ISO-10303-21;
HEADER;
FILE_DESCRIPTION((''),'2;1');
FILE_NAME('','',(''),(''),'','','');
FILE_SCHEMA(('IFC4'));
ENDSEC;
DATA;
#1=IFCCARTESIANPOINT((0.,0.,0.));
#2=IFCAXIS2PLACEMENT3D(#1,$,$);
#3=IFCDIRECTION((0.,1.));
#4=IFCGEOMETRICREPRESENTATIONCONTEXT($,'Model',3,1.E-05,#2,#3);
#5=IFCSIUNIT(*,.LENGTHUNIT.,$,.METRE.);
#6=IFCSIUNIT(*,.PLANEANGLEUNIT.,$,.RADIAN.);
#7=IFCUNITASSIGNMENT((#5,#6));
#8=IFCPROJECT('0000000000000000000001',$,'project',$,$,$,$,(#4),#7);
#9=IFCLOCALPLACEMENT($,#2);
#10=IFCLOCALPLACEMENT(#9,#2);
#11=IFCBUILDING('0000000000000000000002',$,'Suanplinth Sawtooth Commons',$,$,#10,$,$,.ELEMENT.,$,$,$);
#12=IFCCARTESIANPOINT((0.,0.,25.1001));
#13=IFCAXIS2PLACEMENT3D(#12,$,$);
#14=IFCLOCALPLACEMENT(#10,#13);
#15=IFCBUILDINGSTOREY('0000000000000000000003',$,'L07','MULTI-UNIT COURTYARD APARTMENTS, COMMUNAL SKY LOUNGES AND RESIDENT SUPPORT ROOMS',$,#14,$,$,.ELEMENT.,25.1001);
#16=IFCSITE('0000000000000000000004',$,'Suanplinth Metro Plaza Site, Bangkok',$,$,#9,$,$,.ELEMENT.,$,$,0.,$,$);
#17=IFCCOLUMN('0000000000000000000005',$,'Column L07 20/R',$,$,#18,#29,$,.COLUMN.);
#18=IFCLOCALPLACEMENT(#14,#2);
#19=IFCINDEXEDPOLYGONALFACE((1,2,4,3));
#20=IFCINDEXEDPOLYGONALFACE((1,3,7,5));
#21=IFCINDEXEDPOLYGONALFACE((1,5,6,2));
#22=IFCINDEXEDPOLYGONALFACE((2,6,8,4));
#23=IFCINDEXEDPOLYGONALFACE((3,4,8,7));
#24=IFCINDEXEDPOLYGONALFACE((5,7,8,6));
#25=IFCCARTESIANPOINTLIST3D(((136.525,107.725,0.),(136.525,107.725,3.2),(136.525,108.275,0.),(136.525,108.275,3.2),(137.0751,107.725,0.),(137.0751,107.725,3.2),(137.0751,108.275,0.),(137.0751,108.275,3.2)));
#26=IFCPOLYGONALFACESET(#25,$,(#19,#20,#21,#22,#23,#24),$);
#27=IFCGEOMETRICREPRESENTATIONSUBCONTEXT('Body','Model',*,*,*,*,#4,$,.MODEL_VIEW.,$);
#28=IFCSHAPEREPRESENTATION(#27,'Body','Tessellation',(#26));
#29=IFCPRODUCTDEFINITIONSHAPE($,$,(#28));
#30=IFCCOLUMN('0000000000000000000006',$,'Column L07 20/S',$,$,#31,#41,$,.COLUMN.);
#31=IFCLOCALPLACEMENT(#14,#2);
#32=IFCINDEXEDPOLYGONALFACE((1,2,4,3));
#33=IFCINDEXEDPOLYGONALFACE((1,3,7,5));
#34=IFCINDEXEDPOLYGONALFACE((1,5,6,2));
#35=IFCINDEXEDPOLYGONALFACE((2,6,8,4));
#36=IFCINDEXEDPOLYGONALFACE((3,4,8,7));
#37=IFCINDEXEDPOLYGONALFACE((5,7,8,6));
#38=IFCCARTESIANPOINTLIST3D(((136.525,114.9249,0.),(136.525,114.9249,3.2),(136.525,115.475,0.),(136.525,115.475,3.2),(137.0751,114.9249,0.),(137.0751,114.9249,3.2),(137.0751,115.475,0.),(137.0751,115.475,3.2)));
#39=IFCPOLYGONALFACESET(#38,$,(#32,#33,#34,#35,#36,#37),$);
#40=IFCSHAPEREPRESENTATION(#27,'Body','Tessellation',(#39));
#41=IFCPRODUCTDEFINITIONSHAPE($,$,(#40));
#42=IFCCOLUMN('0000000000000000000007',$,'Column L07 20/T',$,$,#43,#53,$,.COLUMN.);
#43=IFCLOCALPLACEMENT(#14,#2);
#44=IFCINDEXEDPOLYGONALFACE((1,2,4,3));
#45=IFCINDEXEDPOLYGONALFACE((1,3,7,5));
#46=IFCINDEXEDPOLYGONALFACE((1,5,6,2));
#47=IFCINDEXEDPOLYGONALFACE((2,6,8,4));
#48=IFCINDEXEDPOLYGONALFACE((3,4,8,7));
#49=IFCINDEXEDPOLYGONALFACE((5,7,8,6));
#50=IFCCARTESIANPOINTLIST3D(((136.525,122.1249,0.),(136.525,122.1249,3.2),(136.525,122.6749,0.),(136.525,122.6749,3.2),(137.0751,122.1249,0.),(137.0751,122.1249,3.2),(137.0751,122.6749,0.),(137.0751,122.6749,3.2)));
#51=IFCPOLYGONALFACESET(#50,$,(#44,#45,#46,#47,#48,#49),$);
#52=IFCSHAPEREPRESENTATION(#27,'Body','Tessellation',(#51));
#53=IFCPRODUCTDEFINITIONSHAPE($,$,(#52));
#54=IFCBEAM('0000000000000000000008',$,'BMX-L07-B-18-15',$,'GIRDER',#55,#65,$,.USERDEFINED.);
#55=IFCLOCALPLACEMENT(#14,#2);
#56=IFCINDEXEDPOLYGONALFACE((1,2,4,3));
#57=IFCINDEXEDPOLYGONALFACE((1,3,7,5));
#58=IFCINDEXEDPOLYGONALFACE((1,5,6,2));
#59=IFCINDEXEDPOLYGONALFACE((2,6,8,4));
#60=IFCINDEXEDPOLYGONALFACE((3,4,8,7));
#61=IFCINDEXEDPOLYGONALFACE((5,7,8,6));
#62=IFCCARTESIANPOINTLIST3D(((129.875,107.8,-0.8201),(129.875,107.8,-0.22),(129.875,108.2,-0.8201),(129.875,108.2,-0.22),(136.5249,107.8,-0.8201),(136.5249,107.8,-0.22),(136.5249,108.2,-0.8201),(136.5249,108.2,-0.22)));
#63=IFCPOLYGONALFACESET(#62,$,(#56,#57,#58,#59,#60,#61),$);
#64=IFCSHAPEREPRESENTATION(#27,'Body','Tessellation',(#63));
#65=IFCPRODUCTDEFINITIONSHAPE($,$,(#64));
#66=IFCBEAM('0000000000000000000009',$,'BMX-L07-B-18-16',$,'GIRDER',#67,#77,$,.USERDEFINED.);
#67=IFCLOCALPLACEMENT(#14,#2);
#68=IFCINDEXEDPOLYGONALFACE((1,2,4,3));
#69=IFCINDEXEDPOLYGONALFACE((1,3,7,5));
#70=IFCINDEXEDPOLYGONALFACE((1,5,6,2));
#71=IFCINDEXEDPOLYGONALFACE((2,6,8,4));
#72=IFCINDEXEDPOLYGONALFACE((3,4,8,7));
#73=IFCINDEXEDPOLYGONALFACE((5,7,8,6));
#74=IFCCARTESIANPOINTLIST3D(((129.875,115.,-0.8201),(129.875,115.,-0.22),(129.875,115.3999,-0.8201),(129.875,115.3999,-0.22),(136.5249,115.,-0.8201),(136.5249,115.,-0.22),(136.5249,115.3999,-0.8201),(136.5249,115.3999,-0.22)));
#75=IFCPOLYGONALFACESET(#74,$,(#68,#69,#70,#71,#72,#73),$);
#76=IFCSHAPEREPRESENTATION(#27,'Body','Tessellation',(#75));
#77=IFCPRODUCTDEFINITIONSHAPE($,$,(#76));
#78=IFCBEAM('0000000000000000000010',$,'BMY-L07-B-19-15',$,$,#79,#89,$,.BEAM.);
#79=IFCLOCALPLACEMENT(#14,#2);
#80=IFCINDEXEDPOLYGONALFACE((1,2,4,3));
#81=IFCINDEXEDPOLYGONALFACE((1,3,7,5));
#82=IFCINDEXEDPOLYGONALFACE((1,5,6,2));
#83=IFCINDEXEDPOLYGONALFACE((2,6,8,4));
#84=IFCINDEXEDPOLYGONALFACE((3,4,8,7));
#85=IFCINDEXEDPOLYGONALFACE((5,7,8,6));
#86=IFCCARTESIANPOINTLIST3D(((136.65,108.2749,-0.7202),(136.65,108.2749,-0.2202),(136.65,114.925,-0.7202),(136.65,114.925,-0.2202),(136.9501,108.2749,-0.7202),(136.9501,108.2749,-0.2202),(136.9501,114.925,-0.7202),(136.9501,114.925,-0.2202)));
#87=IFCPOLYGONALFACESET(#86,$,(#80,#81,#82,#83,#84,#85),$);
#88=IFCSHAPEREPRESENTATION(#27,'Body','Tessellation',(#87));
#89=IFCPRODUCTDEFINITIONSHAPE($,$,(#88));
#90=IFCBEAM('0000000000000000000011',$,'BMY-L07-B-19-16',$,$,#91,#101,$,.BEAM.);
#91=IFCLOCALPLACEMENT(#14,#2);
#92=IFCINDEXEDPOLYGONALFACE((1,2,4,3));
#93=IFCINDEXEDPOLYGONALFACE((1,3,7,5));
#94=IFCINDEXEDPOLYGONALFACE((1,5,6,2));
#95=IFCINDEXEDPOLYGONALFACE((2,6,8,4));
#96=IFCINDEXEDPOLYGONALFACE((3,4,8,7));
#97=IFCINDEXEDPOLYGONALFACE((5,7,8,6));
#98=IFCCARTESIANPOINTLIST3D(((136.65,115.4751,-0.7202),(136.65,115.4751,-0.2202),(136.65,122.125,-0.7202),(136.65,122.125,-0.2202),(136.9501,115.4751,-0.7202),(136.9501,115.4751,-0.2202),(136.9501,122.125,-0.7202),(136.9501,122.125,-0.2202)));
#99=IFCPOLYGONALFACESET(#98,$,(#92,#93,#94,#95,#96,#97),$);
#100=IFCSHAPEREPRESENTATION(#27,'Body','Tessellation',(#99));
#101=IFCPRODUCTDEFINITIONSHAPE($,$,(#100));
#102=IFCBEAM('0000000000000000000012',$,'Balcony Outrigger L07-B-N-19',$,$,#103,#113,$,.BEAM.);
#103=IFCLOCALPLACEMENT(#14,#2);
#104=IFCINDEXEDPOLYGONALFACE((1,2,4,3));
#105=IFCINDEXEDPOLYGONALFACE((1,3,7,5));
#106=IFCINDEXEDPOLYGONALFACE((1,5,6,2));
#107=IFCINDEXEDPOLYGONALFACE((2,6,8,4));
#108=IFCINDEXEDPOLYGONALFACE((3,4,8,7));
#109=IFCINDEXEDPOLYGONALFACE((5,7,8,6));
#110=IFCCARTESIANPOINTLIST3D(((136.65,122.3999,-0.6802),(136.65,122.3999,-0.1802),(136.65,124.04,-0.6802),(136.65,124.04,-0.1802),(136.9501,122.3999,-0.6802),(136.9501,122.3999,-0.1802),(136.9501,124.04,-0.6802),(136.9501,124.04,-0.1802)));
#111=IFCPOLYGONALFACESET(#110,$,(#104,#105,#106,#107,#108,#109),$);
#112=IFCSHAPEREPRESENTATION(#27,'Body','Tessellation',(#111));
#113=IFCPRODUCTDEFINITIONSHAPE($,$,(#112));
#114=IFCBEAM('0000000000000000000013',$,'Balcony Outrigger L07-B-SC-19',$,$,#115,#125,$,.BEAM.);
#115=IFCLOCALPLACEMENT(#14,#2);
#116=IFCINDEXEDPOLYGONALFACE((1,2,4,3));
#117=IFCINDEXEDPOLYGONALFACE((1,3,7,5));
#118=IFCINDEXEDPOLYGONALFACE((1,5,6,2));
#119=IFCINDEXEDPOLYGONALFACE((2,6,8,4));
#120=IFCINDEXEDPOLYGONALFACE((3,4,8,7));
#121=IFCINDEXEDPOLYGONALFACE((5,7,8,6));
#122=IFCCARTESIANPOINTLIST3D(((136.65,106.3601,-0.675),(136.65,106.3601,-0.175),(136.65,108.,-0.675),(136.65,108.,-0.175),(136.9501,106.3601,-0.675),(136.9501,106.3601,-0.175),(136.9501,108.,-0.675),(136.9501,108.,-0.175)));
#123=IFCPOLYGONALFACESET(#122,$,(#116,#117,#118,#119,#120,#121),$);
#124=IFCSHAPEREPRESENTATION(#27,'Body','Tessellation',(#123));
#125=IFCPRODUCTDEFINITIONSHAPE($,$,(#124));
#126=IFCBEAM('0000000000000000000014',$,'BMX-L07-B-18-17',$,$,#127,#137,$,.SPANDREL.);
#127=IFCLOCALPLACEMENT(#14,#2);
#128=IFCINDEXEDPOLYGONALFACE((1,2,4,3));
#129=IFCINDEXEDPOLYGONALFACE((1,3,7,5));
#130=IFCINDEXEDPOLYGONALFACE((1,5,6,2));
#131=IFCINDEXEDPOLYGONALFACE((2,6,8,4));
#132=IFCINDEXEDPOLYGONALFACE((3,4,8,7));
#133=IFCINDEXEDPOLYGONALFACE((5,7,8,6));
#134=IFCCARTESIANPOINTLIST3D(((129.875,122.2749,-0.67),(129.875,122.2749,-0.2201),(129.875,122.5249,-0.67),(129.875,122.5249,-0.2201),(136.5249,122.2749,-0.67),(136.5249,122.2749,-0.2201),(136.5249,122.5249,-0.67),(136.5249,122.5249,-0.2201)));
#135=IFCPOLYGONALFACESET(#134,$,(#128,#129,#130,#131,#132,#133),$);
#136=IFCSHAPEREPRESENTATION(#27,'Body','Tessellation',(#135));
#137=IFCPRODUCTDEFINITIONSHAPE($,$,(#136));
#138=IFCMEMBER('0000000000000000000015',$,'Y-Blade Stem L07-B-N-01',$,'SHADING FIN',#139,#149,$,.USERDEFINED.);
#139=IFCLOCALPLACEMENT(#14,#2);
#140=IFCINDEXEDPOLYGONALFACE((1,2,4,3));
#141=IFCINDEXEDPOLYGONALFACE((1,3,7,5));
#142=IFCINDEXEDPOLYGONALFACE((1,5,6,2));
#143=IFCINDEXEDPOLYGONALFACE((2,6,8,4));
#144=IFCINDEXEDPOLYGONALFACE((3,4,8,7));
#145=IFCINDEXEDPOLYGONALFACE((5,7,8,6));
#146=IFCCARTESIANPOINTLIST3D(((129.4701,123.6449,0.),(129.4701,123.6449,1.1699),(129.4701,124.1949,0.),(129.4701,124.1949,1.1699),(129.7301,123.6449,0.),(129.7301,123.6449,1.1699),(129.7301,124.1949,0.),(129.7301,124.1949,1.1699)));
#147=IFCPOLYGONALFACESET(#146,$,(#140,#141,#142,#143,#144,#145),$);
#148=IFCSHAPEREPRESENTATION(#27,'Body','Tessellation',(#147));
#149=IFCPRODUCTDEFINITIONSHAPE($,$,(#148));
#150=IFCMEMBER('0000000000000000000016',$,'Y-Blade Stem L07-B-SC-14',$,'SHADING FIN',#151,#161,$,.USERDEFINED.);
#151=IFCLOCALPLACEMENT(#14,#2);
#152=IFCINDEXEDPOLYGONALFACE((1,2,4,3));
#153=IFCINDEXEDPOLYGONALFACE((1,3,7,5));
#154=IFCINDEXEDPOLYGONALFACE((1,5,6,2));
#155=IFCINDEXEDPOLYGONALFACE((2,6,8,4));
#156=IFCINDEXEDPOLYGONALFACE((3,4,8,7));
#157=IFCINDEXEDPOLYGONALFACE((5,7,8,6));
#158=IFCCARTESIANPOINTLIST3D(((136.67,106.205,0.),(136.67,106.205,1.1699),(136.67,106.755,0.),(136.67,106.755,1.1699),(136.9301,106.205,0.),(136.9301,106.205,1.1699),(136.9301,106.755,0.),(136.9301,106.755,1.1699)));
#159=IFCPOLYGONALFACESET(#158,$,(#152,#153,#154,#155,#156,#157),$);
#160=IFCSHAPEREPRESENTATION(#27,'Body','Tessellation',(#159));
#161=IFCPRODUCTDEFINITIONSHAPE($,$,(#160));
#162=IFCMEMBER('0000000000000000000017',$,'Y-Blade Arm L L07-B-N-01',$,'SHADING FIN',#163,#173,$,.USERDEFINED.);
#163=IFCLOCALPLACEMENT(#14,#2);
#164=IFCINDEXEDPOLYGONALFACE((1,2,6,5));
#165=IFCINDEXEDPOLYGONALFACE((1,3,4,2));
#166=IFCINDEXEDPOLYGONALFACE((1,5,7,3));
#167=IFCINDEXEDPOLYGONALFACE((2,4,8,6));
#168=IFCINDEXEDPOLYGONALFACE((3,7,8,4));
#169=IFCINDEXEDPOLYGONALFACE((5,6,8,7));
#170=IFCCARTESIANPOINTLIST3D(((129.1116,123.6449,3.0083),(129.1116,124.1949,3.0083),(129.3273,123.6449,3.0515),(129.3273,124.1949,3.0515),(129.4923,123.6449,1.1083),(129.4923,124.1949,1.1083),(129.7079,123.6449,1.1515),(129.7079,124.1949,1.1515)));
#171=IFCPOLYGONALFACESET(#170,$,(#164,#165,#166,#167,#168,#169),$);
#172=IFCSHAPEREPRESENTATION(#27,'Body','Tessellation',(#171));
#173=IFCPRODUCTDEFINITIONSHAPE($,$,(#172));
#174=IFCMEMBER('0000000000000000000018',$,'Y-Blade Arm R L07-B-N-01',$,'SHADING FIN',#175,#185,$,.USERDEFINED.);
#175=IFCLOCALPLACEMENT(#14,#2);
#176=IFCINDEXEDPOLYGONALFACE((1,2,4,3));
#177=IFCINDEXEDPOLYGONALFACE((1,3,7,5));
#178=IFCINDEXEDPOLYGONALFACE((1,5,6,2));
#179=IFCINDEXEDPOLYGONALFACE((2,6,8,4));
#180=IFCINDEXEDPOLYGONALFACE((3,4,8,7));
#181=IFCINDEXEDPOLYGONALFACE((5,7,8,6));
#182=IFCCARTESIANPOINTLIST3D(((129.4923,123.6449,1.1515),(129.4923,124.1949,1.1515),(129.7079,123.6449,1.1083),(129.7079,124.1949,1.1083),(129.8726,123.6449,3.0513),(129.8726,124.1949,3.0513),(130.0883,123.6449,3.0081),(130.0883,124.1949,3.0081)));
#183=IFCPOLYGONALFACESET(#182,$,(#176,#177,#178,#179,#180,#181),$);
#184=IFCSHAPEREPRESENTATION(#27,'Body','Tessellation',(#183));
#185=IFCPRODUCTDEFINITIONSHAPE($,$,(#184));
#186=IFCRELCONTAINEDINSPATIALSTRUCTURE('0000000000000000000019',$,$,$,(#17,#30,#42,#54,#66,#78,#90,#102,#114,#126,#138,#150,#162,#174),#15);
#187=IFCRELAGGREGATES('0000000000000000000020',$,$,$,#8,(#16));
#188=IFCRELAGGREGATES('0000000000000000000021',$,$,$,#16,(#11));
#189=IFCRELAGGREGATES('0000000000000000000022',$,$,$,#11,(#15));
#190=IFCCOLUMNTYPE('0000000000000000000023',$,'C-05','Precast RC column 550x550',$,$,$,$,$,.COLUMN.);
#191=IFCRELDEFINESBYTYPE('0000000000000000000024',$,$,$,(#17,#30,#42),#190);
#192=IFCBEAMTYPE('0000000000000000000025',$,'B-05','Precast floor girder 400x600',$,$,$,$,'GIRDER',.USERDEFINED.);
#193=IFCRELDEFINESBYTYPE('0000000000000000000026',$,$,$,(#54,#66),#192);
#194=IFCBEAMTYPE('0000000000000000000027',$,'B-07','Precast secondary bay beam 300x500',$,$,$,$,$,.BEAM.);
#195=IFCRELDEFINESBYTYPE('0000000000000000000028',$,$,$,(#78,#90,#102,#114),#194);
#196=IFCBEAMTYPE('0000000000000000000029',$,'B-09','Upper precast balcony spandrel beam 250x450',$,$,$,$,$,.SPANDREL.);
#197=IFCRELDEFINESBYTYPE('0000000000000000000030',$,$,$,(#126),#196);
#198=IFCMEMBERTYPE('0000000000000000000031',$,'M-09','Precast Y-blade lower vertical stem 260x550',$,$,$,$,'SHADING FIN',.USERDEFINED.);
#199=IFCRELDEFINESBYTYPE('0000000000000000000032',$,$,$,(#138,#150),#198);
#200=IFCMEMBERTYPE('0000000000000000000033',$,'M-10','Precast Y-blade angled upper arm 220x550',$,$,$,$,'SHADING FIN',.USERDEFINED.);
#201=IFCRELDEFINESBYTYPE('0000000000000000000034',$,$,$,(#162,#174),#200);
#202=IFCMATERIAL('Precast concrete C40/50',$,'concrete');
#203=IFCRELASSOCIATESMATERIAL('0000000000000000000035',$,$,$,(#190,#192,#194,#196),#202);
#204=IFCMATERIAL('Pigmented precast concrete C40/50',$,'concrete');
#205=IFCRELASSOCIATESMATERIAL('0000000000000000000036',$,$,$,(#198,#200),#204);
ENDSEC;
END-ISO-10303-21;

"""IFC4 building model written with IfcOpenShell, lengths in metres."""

from ifc_helpers import new_model, si_unit, direction, frame, origin, origin_2d, place, context, subcontext, project, spatial, rectangle, extrude, material, material_profile, profile_set, type_object, element, save


model = new_model("IFC4")

# Units and contexts
model_context = context("Model", 3, precision=1e-05, world=origin(), true_north=direction((0.0, 1.0)))
body_context = subcontext(model_context, "Body", "Model", "MODEL_VIEW")
ifc_project = project(units=[si_unit("LENGTHUNIT", "METRE"), si_unit("PLANEANGLEUNIT", "RADIAN")], contexts=[model_context])

# Site, building, storey
site_placement = place(None, origin())
site = spatial("IfcSite", under=ifc_project, at=site_placement, Name="Suanplinth Metro Plaza Site, Bangkok", CompositionType="ELEMENT", RefElevation=0.0)
building_placement = place(site_placement, origin())
building = spatial("IfcBuilding", under=site, at=building_placement, Name="Suanplinth Sawtooth Commons", CompositionType="ELEMENT")
storey_placement = place(building_placement, frame((0.0, 0.0, 25.1001)))
storey = spatial("IfcBuildingStorey", under=building, at=storey_placement, Name="L07", Description="MULTI-UNIT COURTYARD APARTMENTS, COMMUNAL SKY LOUNGES AND RESIDENT SUPPORT ROOMS", CompositionType="ELEMENT", Elevation=25.1001)

# Columns
ifc_material_1 = material(Name="Precast concrete C40/50", Category="concrete")
ifc_material_profile_1 = material_profile(ifc_material_1, rectangle(XDim=0.55, YDim=0.55, at=origin_2d()), Name="PC-COL 550x550")
ifc_profile_set_1 = profile_set([ifc_material_profile_1], Name="Precast concrete C40/50")
column_type = type_object("IfcColumnType", Name="C-05", Description="Precast RC column 550x550", PredefinedType="COLUMN", material=ifc_profile_set_1)
for number, where, z_axis, x_axis, name in (
    (1, (136.8, 108.0, 0.0), (0.0, 0.0, 1.0), (1.0, 0.0, 0.0), "Column L07 20/R"),
    (2, (136.8, 115.2, 0.0), (0.0, 0.0, 1.0), (1.0, 0.0, 0.0), "Column L07 20/S"),
    (3, (136.8, 122.3999, 0.0), (0.0, 0.0, 1.0), (1.0, 0.0, 0.0), "Column L07 20/T"),
):
    element("IfcColumn", number, at=place(storey_placement, frame(where, z_axis=z_axis, x_axis=x_axis)), inside=storey, type_object=column_type, Name=name, PredefinedType="COLUMN", context=body_context, shape_type="SweptSolid", body=[
        extrude(rectangle(XDim=0.55, YDim=0.55, at=origin_2d()), origin(), (0.0, 0.0, 1.0), 3.2),
    ])

# Beams
ifc_material_profile_2 = material_profile(ifc_material_1, rectangle(XDim=0.3999, YDim=0.6001, at=origin_2d()), Name="PC-GDR 400x600")
ifc_profile_set_2 = profile_set([ifc_material_profile_2], Name="Precast concrete C40/50")
beam_type_1 = type_object("IfcBeamType", Name="B-05", Description="Precast floor girder 400x600", ElementType="GIRDER", PredefinedType="USERDEFINED", material=ifc_profile_set_2)
for number, where, z_axis, x_axis, name in (
    (4, (129.875, 108.0, -0.52), (1.0, 0.0, 0.0), (0.0, 1.0, 0.0), "BMX-L07-B-18-15"),
    (5, (129.875, 115.2, -0.52), (1.0, 0.0, 0.0), (0.0, 1.0, 0.0), "BMX-L07-B-18-16"),
):
    element("IfcBeam", number, at=place(storey_placement, frame(where, z_axis=z_axis, x_axis=x_axis)), inside=storey, type_object=beam_type_1, Name=name, ObjectType="GIRDER", PredefinedType="USERDEFINED", context=body_context, shape_type="SweptSolid", body=[
        extrude(rectangle(XDim=0.3999, YDim=0.6001, at=origin_2d()), origin(), (0.0, 0.0, 1.0), 6.6499),
    ])
ifc_material_profile_3 = material_profile(ifc_material_1, rectangle(XDim=0.3, YDim=0.5, at=origin_2d()), Name="PC-BM 300x500")
ifc_profile_set_3 = profile_set([ifc_material_profile_3], Name="Precast concrete C40/50")
beam_type_2 = type_object("IfcBeamType", Name="B-07", Description="Precast secondary bay beam 300x500", PredefinedType="BEAM", material=ifc_profile_set_3)
beam_1_placement = place(storey_placement, frame((136.8, 108.2749, -0.4702), z_axis=(0.0, 1.0, 0.0), x_axis=(-1.0, 0.0, 0.0)))
element("IfcBeam", 6, at=beam_1_placement, inside=storey, type_object=beam_type_2, Name="BMY-L07-B-19-15", PredefinedType="BEAM", context=body_context, shape_type="SweptSolid", body=[
    extrude(rectangle(XDim=0.3, YDim=0.5, at=origin_2d()), origin(), (0.0, 0.0, 1.0), 6.6501),
])
beam_2_placement = place(storey_placement, frame((136.8, 115.4751, -0.4702), z_axis=(0.0, 1.0, 0.0), x_axis=(-1.0, 0.0, 0.0)))
element("IfcBeam", 7, at=beam_2_placement, inside=storey, type_object=beam_type_2, Name="BMY-L07-B-19-16", PredefinedType="BEAM", context=body_context, shape_type="SweptSolid", body=[
    extrude(rectangle(XDim=0.3, YDim=0.5, at=origin_2d()), origin(), (0.0, 0.0, 1.0), 6.6499),
])
beam_3_placement = place(storey_placement, frame((136.8, 122.3999, -0.4302), z_axis=(0.0, 1.0, 0.0), x_axis=(-1.0, 0.0, 0.0)))
element("IfcBeam", 8, at=beam_3_placement, inside=storey, type_object=beam_type_2, Name="Balcony Outrigger L07-B-N-19", PredefinedType="BEAM", context=body_context, shape_type="SweptSolid", body=[
    extrude(rectangle(XDim=0.3, YDim=0.5, at=origin_2d()), origin(), (0.0, 0.0, 1.0), 1.6401),
])
beam_4_placement = place(storey_placement, frame((136.8, 108.0, -0.425), z_axis=(0.0, -1.0, 0.0), x_axis=(1.0, 0.0, 0.0)))
element("IfcBeam", 9, at=beam_4_placement, inside=storey, type_object=beam_type_2, Name="Balcony Outrigger L07-B-SC-19", PredefinedType="BEAM", context=body_context, shape_type="SweptSolid", body=[
    extrude(rectangle(XDim=0.3, YDim=0.5, at=origin_2d()), origin(), (0.0, 0.0, 1.0), 1.6399),
])
ifc_material_profile_4 = material_profile(ifc_material_1, rectangle(XDim=0.25, YDim=0.45, at=origin_2d()), Name="PC-SP 250x450")
ifc_profile_set_4 = profile_set([ifc_material_profile_4], Name="Precast concrete C40/50")
beam_type_3 = type_object("IfcBeamType", Name="B-09", Description="Upper precast balcony spandrel beam 250x450", PredefinedType="SPANDREL", material=ifc_profile_set_4)
beam_5_placement = place(storey_placement, frame((129.875, 122.3999, -0.4451), z_axis=(1.0, 0.0, 0.0), x_axis=(0.0, 1.0, 0.0)))
element("IfcBeam", 10, at=beam_5_placement, inside=storey, type_object=beam_type_3, Name="BMX-L07-B-18-17", PredefinedType="SPANDREL", context=body_context, shape_type="SweptSolid", body=[
    extrude(rectangle(XDim=0.25, YDim=0.45, at=origin_2d()), origin(), (0.0, 0.0, 1.0), 6.6499),
])

# Members
ifc_material_2 = material(Name="Pigmented precast concrete C40/50", Category="concrete")
ifc_material_profile_5 = material_profile(ifc_material_2, rectangle(XDim=0.26, YDim=0.55, at=origin_2d()), Name="PC-FIN 260x550")
ifc_profile_set_5 = profile_set([ifc_material_profile_5], Name="Pigmented precast concrete C40/50")
member_type_1 = type_object("IfcMemberType", Name="M-09", Description="Precast Y-blade lower vertical stem 260x550", ElementType="SHADING FIN", PredefinedType="USERDEFINED", material=ifc_profile_set_5)
for number, where, z_axis, x_axis, name in (
    (11, (129.6001, 123.9199, 0.0), (0.0, 0.0, 1.0), (1.0, 0.0, 0.0), "Y-Blade Stem L07-B-N-01"),
    (12, (136.8, 106.48, 0.0), (0.0, 0.0, 1.0), (1.0, 0.0, 0.0), "Y-Blade Stem L07-B-SC-14"),
):
    element("IfcMember", number, at=place(storey_placement, frame(where, z_axis=z_axis, x_axis=x_axis)), inside=storey, type_object=member_type_1, Name=name, ObjectType="SHADING FIN", PredefinedType="USERDEFINED", context=body_context, shape_type="SweptSolid", body=[
        extrude(rectangle(XDim=0.26, YDim=0.55, at=origin_2d()), origin(), (0.0, 0.0, 1.0), 1.1699),
    ])
ifc_material_profile_6 = material_profile(ifc_material_2, rectangle(XDim=0.22, YDim=0.55, at=origin_2d()), Name="PC-FIN 220x550")
ifc_profile_set_6 = profile_set([ifc_material_profile_6], Name="Pigmented precast concrete C40/50")
member_type_2 = type_object("IfcMemberType", Name="M-10", Description="Precast Y-blade angled upper arm 220x550", ElementType="SHADING FIN", PredefinedType="USERDEFINED", material=ifc_profile_set_6)
member_1_placement = place(storey_placement, frame((129.6001, 123.9199, 1.1299), z_axis=(-0.196431, 0.0, 0.980518), x_axis=(0.980518, 0.0, 0.196431)))
element("IfcMember", 13, at=member_1_placement, inside=storey, type_object=member_type_2, Name="Y-Blade Arm L L07-B-N-01", ObjectType="SHADING FIN", PredefinedType="USERDEFINED", context=body_context, shape_type="SweptSolid", body=[
    extrude(rectangle(XDim=0.22, YDim=0.55, at=origin_2d()), origin(), (0.0, 0.0, 1.0), 1.9377),
])
member_2_placement = place(storey_placement, frame((129.6001, 123.9199, 1.1299), z_axis=(0.19631, 0.0, 0.980542), x_axis=(-0.980542, 0.0, 0.19631)))
element("IfcMember", 14, at=member_2_placement, inside=storey, type_object=member_type_2, Name="Y-Blade Arm R L07-B-N-01", ObjectType="SHADING FIN", PredefinedType="USERDEFINED", context=body_context, shape_type="SweptSolid", body=[
    extrude(rectangle(XDim=0.22, YDim=0.55, at=origin_2d()), origin(), (0.0, 0.0, 1.0), 1.9375),
])

save(model, "model.ifc")
